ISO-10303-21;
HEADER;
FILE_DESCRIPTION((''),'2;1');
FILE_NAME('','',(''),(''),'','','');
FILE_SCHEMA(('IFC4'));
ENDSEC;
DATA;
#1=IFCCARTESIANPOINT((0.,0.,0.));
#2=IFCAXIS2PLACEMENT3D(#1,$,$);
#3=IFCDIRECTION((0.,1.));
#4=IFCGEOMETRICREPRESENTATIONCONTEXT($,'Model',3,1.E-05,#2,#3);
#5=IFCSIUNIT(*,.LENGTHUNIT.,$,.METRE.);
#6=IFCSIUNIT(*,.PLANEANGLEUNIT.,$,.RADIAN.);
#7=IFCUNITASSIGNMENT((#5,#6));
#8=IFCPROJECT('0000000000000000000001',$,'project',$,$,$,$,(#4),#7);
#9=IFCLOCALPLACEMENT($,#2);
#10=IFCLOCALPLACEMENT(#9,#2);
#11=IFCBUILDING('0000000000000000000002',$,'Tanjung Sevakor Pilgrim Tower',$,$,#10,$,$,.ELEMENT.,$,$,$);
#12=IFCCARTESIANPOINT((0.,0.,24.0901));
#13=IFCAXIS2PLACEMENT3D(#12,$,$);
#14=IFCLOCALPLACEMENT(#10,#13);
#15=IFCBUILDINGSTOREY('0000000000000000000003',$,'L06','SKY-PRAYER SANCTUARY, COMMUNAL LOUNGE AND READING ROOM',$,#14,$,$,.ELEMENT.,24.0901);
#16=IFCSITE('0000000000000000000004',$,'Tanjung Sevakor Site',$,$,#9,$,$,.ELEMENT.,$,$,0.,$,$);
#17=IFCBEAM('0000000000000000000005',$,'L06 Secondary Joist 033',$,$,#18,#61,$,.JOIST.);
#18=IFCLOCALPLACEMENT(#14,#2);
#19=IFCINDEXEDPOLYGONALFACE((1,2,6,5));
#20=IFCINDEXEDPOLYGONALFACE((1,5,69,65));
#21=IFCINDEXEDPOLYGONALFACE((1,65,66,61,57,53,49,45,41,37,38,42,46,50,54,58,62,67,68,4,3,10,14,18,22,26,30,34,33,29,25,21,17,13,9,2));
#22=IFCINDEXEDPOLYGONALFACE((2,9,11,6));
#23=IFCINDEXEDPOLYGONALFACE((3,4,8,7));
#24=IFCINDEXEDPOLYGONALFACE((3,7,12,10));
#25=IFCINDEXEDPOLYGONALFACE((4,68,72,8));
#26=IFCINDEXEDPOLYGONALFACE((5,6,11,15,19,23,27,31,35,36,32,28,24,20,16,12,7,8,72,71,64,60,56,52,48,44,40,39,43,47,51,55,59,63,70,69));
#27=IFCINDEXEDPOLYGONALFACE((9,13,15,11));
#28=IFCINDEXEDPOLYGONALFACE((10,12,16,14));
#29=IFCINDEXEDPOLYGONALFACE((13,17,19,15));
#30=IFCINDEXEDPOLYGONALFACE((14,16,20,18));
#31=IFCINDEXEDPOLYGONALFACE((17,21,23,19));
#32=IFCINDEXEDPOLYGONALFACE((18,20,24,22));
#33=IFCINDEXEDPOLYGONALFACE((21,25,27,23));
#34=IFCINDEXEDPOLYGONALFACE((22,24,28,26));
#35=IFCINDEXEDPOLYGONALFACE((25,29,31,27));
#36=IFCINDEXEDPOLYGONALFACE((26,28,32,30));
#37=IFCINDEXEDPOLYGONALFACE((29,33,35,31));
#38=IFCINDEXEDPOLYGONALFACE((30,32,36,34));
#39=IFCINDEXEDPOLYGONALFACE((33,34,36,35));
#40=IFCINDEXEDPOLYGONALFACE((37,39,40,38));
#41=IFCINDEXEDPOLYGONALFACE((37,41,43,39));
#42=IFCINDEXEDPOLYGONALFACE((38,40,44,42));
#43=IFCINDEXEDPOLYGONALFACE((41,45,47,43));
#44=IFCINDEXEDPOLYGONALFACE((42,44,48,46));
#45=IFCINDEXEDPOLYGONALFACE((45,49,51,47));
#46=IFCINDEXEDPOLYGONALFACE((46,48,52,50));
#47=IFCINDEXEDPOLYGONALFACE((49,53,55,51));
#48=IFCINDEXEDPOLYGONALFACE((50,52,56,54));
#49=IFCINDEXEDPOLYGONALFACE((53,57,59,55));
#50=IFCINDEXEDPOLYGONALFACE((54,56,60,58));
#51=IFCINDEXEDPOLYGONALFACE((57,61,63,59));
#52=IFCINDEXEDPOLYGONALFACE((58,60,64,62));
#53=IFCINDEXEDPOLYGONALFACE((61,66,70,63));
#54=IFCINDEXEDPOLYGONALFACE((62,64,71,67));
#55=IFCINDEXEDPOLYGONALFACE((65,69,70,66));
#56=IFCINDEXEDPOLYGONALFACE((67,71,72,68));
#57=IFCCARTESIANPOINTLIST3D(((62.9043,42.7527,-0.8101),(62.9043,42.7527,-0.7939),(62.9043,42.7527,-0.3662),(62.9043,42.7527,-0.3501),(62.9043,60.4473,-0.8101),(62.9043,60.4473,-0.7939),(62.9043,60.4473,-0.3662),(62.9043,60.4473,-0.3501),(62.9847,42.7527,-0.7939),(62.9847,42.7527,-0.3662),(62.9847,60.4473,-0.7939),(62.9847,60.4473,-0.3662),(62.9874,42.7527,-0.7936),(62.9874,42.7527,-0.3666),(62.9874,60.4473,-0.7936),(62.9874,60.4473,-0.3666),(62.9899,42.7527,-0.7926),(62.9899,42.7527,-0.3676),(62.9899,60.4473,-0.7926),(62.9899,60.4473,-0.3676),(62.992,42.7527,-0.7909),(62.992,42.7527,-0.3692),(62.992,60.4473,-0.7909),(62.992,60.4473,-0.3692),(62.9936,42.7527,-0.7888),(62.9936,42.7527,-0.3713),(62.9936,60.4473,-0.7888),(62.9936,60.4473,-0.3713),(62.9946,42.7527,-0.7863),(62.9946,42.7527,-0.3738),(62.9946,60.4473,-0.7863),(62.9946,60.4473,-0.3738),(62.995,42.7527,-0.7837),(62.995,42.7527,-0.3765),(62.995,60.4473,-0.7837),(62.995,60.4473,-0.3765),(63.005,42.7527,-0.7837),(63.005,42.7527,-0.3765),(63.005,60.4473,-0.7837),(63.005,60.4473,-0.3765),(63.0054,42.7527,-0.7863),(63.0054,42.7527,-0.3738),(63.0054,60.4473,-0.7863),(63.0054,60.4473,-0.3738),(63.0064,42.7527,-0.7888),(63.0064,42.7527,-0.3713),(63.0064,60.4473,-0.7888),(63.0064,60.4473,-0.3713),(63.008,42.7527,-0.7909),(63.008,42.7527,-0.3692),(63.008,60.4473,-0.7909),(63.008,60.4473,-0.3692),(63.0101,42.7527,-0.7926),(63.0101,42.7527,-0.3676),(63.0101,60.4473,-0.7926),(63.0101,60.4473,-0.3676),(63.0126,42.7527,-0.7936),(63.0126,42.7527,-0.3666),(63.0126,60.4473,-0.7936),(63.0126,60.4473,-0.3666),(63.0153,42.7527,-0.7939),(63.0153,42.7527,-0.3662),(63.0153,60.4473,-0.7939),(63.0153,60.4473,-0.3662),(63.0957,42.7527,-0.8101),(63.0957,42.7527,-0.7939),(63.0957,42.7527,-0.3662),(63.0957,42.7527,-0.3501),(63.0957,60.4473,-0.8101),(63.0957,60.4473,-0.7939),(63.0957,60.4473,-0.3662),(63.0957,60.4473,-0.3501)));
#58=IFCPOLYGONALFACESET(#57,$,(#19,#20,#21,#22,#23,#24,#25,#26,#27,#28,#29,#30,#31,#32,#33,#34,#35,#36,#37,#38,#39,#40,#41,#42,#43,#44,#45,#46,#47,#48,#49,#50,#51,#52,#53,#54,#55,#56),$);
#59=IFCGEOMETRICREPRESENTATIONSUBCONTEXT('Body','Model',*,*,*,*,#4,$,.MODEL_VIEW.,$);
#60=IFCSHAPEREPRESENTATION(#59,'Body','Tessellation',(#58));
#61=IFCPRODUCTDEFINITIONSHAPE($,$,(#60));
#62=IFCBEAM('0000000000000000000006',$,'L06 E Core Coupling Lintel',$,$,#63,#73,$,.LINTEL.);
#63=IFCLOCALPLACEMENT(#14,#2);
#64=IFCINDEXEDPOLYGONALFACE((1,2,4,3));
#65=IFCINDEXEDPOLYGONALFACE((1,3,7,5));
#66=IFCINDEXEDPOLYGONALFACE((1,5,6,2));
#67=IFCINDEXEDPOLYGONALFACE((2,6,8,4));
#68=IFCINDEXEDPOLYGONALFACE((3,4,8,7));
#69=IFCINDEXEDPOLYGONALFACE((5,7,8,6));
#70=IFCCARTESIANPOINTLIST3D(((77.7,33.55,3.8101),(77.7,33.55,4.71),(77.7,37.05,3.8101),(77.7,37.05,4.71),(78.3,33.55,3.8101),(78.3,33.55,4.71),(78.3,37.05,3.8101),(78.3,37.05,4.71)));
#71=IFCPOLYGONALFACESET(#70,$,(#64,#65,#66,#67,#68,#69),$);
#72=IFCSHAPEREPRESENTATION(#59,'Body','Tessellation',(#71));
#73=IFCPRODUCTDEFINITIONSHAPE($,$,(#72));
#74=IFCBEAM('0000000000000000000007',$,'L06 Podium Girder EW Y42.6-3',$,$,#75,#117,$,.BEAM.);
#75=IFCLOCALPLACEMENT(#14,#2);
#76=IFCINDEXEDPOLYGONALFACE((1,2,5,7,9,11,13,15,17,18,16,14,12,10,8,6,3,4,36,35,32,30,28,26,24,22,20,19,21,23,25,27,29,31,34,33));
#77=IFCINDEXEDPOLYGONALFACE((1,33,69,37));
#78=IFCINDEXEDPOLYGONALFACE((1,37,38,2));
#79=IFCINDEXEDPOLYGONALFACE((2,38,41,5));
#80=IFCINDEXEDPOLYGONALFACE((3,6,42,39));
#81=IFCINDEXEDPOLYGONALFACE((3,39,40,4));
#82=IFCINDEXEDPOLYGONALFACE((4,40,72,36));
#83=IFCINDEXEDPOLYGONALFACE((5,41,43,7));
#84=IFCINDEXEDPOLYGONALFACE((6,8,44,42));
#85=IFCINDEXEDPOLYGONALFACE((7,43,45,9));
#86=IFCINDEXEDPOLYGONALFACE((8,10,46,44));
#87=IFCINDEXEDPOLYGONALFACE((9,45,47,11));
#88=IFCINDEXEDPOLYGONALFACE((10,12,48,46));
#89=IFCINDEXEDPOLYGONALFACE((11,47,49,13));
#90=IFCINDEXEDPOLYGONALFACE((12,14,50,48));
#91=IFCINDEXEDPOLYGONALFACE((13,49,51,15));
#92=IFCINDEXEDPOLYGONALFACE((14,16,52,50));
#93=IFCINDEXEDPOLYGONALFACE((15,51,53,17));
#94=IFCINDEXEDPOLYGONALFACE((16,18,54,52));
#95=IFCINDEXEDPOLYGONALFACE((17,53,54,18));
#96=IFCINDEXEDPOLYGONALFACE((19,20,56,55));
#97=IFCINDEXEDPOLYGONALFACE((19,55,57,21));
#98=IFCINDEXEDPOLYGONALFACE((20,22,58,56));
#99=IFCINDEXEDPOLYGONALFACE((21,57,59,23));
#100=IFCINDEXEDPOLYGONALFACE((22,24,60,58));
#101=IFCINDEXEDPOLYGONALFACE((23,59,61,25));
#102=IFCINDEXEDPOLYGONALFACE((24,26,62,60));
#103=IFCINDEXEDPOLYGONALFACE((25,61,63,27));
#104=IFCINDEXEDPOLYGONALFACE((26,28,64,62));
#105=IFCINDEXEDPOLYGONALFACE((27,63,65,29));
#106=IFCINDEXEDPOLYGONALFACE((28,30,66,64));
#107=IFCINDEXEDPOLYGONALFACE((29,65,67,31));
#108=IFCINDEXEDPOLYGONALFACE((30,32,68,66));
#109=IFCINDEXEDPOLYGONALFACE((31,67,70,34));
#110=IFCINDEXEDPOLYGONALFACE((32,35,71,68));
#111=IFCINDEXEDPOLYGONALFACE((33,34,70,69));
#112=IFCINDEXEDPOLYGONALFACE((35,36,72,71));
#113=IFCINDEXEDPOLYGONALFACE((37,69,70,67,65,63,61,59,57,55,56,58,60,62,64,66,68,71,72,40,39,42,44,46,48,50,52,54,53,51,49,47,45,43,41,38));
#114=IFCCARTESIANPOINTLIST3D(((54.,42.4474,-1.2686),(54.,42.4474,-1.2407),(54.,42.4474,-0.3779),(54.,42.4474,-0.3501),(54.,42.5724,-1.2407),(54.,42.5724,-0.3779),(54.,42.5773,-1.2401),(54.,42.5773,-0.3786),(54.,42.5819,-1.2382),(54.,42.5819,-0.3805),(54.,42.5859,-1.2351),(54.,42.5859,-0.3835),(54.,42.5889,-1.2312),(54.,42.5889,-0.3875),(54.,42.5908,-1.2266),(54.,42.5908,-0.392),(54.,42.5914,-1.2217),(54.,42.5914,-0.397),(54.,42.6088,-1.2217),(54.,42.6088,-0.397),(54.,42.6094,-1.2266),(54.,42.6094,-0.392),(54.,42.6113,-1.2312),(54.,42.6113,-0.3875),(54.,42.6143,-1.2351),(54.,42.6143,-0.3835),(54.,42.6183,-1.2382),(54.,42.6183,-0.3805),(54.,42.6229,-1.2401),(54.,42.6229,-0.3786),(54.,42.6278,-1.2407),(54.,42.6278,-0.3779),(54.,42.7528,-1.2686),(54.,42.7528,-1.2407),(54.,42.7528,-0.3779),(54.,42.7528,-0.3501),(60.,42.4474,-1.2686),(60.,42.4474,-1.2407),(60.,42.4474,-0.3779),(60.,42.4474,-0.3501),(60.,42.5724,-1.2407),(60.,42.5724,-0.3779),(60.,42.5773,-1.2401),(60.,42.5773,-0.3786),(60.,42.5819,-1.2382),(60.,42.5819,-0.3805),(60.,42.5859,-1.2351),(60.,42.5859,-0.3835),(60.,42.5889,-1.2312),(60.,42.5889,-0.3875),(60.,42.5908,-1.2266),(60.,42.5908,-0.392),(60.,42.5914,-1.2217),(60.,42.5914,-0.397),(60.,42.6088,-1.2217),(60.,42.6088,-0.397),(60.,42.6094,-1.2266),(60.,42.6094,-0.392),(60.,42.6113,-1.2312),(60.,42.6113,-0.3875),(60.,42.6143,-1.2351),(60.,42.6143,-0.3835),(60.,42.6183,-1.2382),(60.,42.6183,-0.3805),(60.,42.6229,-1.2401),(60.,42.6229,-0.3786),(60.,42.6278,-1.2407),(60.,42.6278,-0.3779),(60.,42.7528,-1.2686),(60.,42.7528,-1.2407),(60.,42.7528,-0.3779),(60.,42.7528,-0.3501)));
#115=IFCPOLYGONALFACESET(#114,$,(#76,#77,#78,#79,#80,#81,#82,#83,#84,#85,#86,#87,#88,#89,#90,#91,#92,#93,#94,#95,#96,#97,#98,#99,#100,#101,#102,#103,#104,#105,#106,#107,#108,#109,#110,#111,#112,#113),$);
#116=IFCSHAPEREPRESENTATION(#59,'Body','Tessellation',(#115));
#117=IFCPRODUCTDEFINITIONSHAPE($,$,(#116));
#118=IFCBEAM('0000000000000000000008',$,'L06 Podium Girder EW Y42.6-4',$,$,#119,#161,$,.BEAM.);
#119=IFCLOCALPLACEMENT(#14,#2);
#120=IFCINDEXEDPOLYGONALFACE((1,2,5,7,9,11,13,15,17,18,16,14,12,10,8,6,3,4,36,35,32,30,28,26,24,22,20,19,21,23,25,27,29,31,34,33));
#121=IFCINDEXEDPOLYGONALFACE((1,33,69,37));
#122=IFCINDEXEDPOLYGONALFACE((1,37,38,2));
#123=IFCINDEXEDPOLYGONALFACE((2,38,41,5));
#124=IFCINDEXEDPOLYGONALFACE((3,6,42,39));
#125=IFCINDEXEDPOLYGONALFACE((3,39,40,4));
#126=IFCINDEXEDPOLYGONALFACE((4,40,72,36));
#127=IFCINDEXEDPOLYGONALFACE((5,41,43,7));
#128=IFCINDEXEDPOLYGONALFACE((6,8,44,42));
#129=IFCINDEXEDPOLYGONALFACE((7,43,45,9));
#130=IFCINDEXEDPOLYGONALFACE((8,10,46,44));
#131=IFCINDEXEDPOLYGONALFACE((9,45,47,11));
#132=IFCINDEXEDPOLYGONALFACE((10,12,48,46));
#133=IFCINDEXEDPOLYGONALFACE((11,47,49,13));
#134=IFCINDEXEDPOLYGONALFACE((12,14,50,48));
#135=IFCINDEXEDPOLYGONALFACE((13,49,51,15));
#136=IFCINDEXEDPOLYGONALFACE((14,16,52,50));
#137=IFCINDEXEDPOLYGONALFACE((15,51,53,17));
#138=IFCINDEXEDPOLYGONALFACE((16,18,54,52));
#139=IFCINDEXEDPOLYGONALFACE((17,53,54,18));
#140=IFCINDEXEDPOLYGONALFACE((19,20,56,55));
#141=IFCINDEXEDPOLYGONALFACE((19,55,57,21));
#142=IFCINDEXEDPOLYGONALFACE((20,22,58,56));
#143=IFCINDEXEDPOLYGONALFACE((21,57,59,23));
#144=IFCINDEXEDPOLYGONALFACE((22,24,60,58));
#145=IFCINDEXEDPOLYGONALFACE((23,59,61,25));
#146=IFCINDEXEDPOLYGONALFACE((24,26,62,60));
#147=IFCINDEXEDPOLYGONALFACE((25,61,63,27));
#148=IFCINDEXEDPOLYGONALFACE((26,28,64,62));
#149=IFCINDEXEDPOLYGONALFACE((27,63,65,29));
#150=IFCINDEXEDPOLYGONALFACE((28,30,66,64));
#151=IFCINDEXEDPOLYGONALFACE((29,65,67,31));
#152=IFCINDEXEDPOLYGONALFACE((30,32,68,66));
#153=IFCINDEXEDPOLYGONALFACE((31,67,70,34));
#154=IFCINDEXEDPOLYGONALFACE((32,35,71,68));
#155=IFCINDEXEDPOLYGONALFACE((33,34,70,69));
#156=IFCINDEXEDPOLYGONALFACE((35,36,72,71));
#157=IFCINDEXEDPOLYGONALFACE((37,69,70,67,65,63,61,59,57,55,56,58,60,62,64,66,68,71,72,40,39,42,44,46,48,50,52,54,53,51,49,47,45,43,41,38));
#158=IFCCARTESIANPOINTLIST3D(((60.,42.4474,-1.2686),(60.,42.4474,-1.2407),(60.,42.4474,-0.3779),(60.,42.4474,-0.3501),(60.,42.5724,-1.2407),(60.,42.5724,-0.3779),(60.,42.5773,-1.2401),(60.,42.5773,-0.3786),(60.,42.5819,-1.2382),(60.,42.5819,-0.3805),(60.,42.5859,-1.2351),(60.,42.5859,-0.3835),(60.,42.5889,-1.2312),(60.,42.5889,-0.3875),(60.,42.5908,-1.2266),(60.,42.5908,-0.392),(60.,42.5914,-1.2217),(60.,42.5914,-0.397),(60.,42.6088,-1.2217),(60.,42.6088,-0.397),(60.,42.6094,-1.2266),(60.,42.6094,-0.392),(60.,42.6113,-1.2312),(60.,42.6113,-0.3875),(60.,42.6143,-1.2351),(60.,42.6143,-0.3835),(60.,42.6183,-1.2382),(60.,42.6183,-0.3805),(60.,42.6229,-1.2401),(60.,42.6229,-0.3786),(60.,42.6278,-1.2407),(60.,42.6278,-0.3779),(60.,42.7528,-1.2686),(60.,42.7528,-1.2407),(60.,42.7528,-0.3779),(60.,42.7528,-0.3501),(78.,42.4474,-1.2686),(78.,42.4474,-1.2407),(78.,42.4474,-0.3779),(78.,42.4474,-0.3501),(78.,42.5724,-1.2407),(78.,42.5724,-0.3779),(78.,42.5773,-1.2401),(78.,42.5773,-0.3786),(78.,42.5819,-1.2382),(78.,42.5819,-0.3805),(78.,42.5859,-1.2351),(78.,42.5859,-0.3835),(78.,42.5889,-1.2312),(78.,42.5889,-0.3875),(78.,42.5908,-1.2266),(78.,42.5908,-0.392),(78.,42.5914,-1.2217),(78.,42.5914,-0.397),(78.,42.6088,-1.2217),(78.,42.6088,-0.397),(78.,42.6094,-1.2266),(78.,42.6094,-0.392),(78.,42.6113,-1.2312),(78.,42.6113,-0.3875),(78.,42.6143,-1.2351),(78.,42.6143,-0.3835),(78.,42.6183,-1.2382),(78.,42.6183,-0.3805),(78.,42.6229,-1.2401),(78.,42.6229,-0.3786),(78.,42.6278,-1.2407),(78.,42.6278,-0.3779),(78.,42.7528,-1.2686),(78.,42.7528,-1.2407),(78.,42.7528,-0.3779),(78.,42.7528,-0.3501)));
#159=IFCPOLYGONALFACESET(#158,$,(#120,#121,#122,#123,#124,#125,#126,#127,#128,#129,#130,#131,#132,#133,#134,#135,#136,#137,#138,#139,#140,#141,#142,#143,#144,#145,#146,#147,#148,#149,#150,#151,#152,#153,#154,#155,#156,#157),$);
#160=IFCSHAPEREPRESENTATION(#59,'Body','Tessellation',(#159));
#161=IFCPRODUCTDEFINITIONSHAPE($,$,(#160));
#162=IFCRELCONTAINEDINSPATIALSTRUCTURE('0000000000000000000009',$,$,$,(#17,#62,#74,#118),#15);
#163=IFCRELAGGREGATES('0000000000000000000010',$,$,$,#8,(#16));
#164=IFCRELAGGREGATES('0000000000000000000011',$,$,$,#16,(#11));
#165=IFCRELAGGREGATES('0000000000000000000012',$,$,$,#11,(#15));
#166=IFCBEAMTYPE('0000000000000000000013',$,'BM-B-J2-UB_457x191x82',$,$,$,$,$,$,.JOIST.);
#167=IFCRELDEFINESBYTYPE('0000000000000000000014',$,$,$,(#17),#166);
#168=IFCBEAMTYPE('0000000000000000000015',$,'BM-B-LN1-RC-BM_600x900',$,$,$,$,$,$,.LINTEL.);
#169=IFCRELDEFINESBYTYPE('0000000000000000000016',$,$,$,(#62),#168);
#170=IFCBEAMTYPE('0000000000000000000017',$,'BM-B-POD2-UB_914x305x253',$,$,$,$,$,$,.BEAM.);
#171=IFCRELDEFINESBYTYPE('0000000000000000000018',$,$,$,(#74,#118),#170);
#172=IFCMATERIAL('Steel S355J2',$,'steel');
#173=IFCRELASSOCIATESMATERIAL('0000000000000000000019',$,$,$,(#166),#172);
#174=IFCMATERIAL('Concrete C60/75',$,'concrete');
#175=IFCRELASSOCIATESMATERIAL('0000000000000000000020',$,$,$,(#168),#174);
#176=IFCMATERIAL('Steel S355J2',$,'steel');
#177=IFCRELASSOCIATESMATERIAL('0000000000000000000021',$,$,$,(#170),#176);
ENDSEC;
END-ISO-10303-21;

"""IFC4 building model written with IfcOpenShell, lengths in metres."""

from ifc_helpers import new_model, si_unit, direction, frame, origin, origin_2d, place, context, subcontext, project, spatial, rectangle, i_section, extrude, material, material_profile, profile_set, type_object, element, save


model = new_model("IFC4")

# Units and contexts
model_context = context("Model", 3, precision=1e-05, world=origin(), true_north=direction((0.0, 1.0)))
body_context = subcontext(model_context, "Body", "Model", "MODEL_VIEW")
ifc_project = project(units=[si_unit("LENGTHUNIT", "METRE"), si_unit("PLANEANGLEUNIT", "RADIAN")], contexts=[model_context])

# Site, building, storey
site_placement = place(None, origin())
site = spatial("IfcSite", under=ifc_project, at=site_placement, Name="Tanjung Sevakor Site", CompositionType="ELEMENT", RefElevation=0.0)
building_placement = place(site_placement, origin())
building = spatial("IfcBuilding", under=site, at=building_placement, Name="Tanjung Sevakor Pilgrim Tower", CompositionType="ELEMENT")
storey_placement = place(building_placement, frame((0.0, 0.0, 24.0901)))
storey = spatial("IfcBuildingStorey", under=building, at=storey_placement, Name="L06", Description="SKY-PRAYER SANCTUARY, COMMUNAL LOUNGE AND READING ROOM", CompositionType="ELEMENT", Elevation=24.0901)

# Beams
ifc_material_1 = material(Name="Steel S355J2", Category="steel")
ifc_material_profile_1 = material_profile(ifc_material_1, i_section(OverallWidth=0.1914, OverallDepth=0.46, WebThickness=0.01, FlangeThickness=0.0161, FilletRadius=0.0103, at=origin_2d()))
ifc_profile_set_1 = profile_set([ifc_material_profile_1], Name="Steel S355J2")
beam_type_1 = type_object("IfcBeamType", Name="BM-B-J2-UB_457x191x82", PredefinedType="JOIST", material=ifc_profile_set_1)
for number, where, z_axis, x_axis, name in (
    (1, (63.0, 42.7527, -0.5801), (0.0, 1.0, 0.0), (-1.0, 0.0, 0.0), "L06 Secondary Joist 033"),
):
    element("IfcBeam", number, at=place(storey_placement, frame(where, z_axis=z_axis, x_axis=x_axis)), inside=storey, type_object=beam_type_1, Name=name, PredefinedType="JOIST", context=body_context, shape_type="SweptSolid", body=[
        extrude(i_section(OverallWidth=0.1914, OverallDepth=0.46, WebThickness=0.01, FlangeThickness=0.0161, FilletRadius=0.0103, at=origin_2d()), origin(), (0.0, 0.0, 1.0), 17.6946),
    ])
ifc_material_2 = material(Name="Concrete C60/75", Category="concrete")
ifc_material_profile_2 = material_profile(ifc_material_2, rectangle(XDim=0.6001, YDim=0.8999, at=origin_2d()))
ifc_profile_set_2 = profile_set([ifc_material_profile_2], Name="Concrete C60/75")
beam_type_2 = type_object("IfcBeamType", Name="BM-B-LN1-RC-BM_600x900", PredefinedType="LINTEL", material=ifc_profile_set_2)
beam_1_placement = place(storey_placement, frame((78.0, 33.55, 4.26), z_axis=(0.0, 1.0, 0.0), x_axis=(-1.0, 0.0, 0.0)))
element("IfcBeam", 2, at=beam_1_placement, inside=storey, type_object=beam_type_2, Name="L06 E Core Coupling Lintel", PredefinedType="LINTEL", context=body_context, shape_type="SweptSolid", body=[
    extrude(rectangle(XDim=0.6001, YDim=0.8999, at=origin_2d()), origin(), (0.0, 0.0, 1.0), 3.5),
])
ifc_material_3 = material(Name="Steel S355J2", Category="steel")
ifc_material_profile_3 = material_profile(ifc_material_3, i_section(OverallWidth=0.3054, OverallDepth=0.9185, WebThickness=0.0173, FlangeThickness=0.0278, FilletRadius=0.019, at=origin_2d()))
ifc_profile_set_3 = profile_set([ifc_material_profile_3], Name="Steel S355J2")
beam_type_3 = type_object("IfcBeamType", Name="BM-B-POD2-UB_914x305x253", PredefinedType="BEAM", material=ifc_profile_set_3)
beam_2_placement = place(storey_placement, frame((54.0, 42.6001, -0.8093), z_axis=(1.0, 0.0, 0.0), x_axis=(0.0, 1.0, 0.0)))
element("IfcBeam", 3, at=beam_2_placement, inside=storey, type_object=beam_type_3, Name="L06 Podium Girder EW Y42.6-3", PredefinedType="BEAM", context=body_context, shape_type="SweptSolid", body=[
    extrude(i_section(OverallWidth=0.3054, OverallDepth=0.9185, WebThickness=0.0173, FlangeThickness=0.0278, FilletRadius=0.019, at=origin_2d()), origin(), (0.0, 0.0, 1.0), 6.0),
])
beam_3_placement = place(storey_placement, frame((60.0, 42.6001, -0.8093), z_axis=(1.0, 0.0, 0.0), x_axis=(0.0, 1.0, 0.0)))
element("IfcBeam", 4, at=beam_3_placement, inside=storey, type_object=beam_type_3, Name="L06 Podium Girder EW Y42.6-4", PredefinedType="BEAM", context=body_context, shape_type="SweptSolid", body=[
    extrude(i_section(OverallWidth=0.3054, OverallDepth=0.9185, WebThickness=0.0173, FlangeThickness=0.0278, FilletRadius=0.019, at=origin_2d()), origin(), (0.0, 0.0, 1.0), 18.0),
])

save(model, "model.ifc")
